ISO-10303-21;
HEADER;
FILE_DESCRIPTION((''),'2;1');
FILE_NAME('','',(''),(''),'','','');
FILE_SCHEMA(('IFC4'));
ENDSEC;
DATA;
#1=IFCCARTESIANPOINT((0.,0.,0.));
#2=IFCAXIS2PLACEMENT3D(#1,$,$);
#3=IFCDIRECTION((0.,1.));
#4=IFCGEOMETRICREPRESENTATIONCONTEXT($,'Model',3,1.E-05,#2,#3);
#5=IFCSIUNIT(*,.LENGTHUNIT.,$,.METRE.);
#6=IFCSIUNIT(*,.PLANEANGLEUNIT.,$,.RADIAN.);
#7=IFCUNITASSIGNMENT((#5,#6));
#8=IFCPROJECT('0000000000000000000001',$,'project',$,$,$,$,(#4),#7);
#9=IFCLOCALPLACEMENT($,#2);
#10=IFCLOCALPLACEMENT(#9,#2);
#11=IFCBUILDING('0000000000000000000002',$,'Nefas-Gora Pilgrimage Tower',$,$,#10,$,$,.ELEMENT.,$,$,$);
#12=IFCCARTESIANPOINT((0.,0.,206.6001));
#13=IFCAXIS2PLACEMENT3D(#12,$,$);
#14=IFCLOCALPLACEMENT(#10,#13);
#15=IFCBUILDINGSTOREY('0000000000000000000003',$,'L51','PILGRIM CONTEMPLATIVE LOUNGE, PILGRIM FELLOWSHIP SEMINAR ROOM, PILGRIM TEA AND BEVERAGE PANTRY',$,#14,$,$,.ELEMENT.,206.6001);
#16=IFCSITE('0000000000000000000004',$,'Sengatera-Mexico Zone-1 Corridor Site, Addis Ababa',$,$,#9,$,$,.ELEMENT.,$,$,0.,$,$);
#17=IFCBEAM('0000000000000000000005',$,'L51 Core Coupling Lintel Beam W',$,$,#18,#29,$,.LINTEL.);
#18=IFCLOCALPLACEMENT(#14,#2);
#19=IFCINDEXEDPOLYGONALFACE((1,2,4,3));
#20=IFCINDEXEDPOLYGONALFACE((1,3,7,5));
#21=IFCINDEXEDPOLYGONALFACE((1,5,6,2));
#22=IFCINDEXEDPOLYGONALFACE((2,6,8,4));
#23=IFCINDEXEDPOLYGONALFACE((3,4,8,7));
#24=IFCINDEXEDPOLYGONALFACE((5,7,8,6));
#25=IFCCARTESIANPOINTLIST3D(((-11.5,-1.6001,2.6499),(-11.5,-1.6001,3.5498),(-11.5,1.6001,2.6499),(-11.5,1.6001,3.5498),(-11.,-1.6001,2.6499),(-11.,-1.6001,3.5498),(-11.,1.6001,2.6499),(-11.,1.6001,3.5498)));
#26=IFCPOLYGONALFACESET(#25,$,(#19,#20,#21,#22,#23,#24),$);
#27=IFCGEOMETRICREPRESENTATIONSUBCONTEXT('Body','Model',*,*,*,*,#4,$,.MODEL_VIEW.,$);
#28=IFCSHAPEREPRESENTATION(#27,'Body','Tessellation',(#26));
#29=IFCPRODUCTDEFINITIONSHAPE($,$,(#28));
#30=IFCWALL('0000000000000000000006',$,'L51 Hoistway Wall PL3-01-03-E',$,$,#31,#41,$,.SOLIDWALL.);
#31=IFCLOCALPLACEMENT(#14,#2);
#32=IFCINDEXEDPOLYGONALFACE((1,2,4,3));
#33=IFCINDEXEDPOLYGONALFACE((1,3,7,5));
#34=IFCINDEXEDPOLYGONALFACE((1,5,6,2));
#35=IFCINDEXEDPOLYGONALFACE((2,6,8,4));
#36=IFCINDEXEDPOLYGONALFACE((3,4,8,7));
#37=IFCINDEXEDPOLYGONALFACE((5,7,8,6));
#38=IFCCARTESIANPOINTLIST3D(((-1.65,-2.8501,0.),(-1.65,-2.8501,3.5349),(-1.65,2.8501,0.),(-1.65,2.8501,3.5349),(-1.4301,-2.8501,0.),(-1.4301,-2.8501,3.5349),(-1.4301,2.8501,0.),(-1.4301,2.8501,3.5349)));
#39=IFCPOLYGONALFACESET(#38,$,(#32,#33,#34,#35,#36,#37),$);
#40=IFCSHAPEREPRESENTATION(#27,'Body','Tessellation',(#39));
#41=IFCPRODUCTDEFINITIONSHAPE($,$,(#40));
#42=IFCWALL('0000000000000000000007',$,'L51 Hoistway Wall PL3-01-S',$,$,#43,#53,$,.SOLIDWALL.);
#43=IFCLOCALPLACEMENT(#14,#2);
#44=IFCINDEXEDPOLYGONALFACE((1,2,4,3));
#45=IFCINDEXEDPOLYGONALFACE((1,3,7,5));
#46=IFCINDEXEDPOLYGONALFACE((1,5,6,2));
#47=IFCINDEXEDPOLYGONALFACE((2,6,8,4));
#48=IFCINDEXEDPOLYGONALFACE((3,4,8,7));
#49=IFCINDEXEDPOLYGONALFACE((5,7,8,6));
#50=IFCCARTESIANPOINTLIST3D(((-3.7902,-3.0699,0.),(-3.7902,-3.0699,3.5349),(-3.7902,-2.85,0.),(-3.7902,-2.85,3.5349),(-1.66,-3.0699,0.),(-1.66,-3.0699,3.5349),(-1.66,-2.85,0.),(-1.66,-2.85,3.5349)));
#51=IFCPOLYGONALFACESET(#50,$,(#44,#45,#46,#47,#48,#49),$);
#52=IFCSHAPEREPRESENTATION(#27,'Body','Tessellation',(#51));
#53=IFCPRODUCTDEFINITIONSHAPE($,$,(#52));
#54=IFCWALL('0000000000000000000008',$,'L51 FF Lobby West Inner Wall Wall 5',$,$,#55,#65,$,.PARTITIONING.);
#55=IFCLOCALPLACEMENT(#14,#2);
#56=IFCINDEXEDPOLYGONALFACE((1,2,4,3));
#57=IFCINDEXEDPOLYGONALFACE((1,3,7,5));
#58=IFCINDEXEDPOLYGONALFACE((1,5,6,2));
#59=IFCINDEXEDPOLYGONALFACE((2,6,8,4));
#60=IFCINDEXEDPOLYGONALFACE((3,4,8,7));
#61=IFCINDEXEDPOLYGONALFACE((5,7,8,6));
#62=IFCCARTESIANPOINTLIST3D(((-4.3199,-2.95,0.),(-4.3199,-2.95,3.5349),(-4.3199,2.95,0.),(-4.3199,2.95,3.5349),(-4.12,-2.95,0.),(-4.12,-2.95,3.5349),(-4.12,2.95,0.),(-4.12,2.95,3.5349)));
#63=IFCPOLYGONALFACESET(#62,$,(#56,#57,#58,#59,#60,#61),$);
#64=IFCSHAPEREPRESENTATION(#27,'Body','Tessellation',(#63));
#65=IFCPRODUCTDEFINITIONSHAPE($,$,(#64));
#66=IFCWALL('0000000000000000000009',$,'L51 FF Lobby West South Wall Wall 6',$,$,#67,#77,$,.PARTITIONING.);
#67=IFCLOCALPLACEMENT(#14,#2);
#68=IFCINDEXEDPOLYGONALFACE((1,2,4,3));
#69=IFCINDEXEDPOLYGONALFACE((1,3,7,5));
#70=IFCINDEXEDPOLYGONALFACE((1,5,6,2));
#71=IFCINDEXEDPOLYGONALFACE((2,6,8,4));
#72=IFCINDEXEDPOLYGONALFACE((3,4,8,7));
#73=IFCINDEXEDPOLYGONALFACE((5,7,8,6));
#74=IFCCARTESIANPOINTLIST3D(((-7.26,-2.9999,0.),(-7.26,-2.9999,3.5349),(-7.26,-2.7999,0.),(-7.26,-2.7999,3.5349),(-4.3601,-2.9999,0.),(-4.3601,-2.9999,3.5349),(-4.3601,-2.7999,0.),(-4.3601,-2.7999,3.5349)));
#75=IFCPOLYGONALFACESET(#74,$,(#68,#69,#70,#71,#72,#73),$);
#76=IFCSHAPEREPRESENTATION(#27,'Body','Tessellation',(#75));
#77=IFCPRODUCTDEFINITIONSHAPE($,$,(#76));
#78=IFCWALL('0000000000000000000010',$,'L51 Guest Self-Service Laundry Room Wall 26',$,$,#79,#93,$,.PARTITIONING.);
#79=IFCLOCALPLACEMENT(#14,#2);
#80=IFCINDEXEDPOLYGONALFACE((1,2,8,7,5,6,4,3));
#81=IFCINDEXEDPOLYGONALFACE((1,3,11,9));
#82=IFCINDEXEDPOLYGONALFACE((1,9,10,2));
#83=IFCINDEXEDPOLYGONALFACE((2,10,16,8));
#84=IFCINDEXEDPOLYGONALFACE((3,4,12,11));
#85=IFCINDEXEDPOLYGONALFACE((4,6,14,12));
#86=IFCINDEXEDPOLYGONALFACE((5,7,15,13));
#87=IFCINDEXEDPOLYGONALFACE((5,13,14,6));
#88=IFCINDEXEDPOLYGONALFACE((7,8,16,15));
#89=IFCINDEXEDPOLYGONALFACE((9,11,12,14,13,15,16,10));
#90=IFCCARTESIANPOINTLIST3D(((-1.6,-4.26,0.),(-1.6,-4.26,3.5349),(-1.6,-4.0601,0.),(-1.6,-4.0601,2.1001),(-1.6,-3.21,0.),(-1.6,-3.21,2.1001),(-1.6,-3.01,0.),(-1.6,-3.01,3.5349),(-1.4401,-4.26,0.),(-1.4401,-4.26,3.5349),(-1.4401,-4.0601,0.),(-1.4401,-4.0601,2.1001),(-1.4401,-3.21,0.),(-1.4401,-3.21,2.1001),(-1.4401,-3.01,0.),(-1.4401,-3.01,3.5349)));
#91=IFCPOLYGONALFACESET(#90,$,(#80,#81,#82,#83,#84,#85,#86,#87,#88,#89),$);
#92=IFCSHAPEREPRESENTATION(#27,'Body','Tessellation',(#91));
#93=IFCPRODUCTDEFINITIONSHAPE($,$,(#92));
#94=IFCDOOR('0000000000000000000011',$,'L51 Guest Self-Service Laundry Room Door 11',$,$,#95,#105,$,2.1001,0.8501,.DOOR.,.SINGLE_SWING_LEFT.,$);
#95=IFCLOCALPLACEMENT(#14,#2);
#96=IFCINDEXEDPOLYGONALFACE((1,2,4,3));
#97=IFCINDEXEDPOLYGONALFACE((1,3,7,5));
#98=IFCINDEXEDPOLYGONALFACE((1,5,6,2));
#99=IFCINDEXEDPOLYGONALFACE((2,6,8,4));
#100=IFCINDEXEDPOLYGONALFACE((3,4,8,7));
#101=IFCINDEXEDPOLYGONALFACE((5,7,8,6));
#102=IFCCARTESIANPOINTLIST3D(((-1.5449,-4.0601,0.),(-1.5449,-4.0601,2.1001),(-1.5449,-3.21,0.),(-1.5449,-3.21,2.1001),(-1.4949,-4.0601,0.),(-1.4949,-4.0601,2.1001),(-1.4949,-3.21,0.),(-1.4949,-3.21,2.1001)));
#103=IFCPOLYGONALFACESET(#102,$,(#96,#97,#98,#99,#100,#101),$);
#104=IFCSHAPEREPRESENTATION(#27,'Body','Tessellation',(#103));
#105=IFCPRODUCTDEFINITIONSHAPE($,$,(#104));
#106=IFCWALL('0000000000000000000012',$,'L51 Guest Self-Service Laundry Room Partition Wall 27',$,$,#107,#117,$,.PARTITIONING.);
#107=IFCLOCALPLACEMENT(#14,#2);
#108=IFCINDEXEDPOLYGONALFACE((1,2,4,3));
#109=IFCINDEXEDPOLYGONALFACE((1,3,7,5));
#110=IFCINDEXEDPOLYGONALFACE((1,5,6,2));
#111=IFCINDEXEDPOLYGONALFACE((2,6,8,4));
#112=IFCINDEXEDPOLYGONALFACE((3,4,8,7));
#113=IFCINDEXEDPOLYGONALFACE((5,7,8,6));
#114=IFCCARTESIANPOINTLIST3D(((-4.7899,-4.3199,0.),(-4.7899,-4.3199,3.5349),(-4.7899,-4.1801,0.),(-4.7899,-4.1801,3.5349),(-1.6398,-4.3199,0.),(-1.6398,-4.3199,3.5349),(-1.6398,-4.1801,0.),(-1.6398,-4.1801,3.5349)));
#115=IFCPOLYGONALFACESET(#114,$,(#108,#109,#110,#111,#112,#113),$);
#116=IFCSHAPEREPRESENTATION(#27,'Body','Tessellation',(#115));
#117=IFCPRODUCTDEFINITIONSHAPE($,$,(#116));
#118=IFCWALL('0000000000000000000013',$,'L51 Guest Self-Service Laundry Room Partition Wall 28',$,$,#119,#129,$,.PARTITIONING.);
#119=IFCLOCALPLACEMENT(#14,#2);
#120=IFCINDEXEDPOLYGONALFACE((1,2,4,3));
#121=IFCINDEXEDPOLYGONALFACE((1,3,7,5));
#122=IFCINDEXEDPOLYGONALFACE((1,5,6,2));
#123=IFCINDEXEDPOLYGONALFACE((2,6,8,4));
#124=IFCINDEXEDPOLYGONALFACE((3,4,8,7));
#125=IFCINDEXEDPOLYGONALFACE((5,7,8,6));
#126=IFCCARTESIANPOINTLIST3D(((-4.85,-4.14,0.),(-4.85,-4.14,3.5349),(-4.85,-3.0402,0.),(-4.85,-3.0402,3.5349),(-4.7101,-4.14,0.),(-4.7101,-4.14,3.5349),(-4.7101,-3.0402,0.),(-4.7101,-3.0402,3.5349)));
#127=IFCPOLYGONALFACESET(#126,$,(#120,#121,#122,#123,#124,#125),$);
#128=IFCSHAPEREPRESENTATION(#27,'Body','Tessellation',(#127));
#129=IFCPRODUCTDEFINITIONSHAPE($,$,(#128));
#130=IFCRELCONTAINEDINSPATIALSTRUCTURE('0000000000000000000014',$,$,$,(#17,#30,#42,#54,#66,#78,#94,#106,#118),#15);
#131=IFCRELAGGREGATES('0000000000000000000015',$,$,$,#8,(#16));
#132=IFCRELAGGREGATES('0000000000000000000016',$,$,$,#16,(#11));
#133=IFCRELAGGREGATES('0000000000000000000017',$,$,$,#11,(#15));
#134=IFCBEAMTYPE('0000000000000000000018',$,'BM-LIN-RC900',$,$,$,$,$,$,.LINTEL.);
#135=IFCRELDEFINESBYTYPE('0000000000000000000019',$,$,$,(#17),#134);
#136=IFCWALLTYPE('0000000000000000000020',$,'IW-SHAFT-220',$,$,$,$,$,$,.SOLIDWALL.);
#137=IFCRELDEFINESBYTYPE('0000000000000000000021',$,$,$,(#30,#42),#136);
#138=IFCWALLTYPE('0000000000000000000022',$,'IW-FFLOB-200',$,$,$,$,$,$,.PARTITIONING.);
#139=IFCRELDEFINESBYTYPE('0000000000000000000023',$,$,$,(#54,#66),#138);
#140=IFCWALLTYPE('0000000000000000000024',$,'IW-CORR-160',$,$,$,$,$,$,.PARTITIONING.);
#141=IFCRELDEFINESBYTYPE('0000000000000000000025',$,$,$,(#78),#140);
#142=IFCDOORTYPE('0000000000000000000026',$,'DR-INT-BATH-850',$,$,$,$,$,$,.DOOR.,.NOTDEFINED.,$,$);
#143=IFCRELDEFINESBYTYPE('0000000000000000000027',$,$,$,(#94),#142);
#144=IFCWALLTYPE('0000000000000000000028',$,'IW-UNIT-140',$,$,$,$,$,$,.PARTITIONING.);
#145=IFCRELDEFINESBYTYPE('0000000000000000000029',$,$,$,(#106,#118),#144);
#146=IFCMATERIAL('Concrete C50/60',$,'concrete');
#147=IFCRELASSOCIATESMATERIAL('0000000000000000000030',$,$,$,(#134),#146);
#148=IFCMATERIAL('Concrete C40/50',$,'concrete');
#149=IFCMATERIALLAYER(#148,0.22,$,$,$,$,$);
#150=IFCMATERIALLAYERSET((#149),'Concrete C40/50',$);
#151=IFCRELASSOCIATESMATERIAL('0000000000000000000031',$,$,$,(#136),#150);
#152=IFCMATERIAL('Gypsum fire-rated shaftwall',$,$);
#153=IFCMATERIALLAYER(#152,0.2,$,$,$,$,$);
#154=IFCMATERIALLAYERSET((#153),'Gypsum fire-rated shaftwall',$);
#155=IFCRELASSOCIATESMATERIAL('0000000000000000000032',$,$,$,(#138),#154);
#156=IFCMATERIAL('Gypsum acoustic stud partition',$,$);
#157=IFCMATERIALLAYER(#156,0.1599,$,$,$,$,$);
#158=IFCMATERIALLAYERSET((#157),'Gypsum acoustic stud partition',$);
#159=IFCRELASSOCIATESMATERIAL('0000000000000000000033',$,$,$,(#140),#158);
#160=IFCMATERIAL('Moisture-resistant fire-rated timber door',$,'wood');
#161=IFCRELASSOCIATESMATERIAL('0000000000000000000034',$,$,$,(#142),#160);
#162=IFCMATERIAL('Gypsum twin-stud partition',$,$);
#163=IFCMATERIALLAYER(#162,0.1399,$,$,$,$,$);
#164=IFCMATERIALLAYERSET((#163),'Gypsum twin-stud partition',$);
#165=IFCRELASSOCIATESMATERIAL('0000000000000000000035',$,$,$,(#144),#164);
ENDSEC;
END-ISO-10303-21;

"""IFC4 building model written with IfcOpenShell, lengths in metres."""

from ifc_helpers import new_model, si_unit, direction, frame, frame_2d, origin, origin_2d, place, context, subcontext, project, spatial, rectangle, extrude, source, transform, mapped, material, layer, layer_set, material_profile, profile_set, type_object, element, fill, save


model = new_model("IFC4")

# Units and contexts
model_context = context("Model", 3, precision=1e-05, world=origin(), true_north=direction((0.0, 1.0)))
body_context = subcontext(model_context, "Body", "Model", "MODEL_VIEW")
ifc_project = project(units=[si_unit("LENGTHUNIT", "METRE"), si_unit("PLANEANGLEUNIT", "RADIAN")], contexts=[model_context])

# Site, building, storey
site_placement = place(None, origin())
site = spatial("IfcSite", under=ifc_project, at=site_placement, Name="Sengatera-Mexico Zone-1 Corridor Site, Addis Ababa", CompositionType="ELEMENT", RefElevation=0.0)
building_placement = place(site_placement, origin())
building = spatial("IfcBuilding", under=site, at=building_placement, Name="Nefas-Gora Pilgrimage Tower", CompositionType="ELEMENT")
storey_placement = place(building_placement, frame((0.0, 0.0, 206.6001)))
storey = spatial("IfcBuildingStorey", under=building, at=storey_placement, Name="L51", Description="PILGRIM CONTEMPLATIVE LOUNGE, PILGRIM FELLOWSHIP SEMINAR ROOM, PILGRIM TEA AND BEVERAGE PANTRY", CompositionType="ELEMENT", Elevation=206.6001)

# Beam
ifc_material_1 = material(Name="Concrete C50/60", Category="concrete")
ifc_material_profile = material_profile(ifc_material_1, rectangle(XDim=0.5, YDim=0.8999, at=origin_2d()), Name="RC 500x900")
ifc_profile_set = profile_set([ifc_material_profile], Name="Concrete C50/60")
beam_type = type_object("IfcBeamType", Name="BM-LIN-RC900", PredefinedType="LINTEL", material=ifc_profile_set)
shared_shape_1 = source(origin(), body_context, "Body", "SweptSolid", [
    extrude(rectangle(XDim=0.5, YDim=0.8999, at=origin_2d()), origin(), (0.0, 0.0, 1.0), 3.2002),
])
beam_placement = place(storey_placement, frame((-11.25, -1.6001, 3.0999), z_axis=(0.0, 1.0, 0.0), x_axis=(-1.0, 0.0, 0.0)))
element("IfcBeam", 1, at=beam_placement, inside=storey, type_object=beam_type, Name="L51 Core Coupling Lintel Beam W", PredefinedType="LINTEL", context=body_context, shape_type="MappedRepresentation", body=[
    mapped(shared_shape_1, transform((0.0, 0.0, 0.0), x_axis=(1.0, 0.0, 0.0), y_axis=(0.0, 1.0, 0.0), z_axis=(0.0, 0.0, 1.0), scale=1.0)),
])

# Walls
ifc_material_2 = material(Name="Concrete C40/50", Category="concrete")
ifc_layer_1 = layer(ifc_material_2, 0.22)
ifc_layer_set_1 = layer_set([ifc_layer_1], Name="Concrete C40/50")
wall_type_1 = type_object("IfcWallType", Name="IW-SHAFT-220", PredefinedType="SOLIDWALL", material=ifc_layer_set_1)
shared_shape_2 = source(origin(), body_context, "Body", "SweptSolid", [
    extrude(rectangle(XDim=5.7002, YDim=0.22, at=frame_2d((2.8501, 0.0))), origin(), (0.0, 0.0, 1.0), 3.5349),
])
wall_1_placement = place(storey_placement, frame((-1.54, -2.8501, 0.0), z_axis=(0.0, 0.0, 1.0), x_axis=(0.0, 1.0, 0.0)))
element("IfcWall", 2, at=wall_1_placement, inside=storey, type_object=wall_type_1, Name="L51 Hoistway Wall PL3-01-03-E", PredefinedType="SOLIDWALL", context=body_context, shape_type="MappedRepresentation", body=[
    mapped(shared_shape_2, transform((0.0, 0.0, 0.0), x_axis=(1.0, 0.0, 0.0), y_axis=(0.0, 1.0, 0.0), z_axis=(0.0, 0.0, 1.0), scale=1.0)),
])
shared_shape_3 = source(origin(), body_context, "Body", "SweptSolid", [
    extrude(rectangle(XDim=2.1301, YDim=0.22, at=frame_2d((1.0649, 0.0))), origin(), (0.0, 0.0, 1.0), 3.5349),
])
wall_2_placement = place(storey_placement, frame((-3.79, -2.96, 0.0), z_axis=(0.0, 0.0, 1.0), x_axis=(1.0, 0.0, 0.0)))
element("IfcWall", 3, at=wall_2_placement, inside=storey, type_object=wall_type_1, Name="L51 Hoistway Wall PL3-01-S", PredefinedType="SOLIDWALL", context=body_context, shape_type="MappedRepresentation", body=[
    mapped(shared_shape_3, transform((0.0, 0.0, 0.0), x_axis=(1.0, 0.0, 0.0), y_axis=(0.0, 1.0, 0.0), z_axis=(0.0, 0.0, 1.0), scale=1.0)),
])
ifc_material_3 = material(Name="Gypsum fire-rated shaftwall")
ifc_layer_2 = layer(ifc_material_3, 0.2)
ifc_layer_set_2 = layer_set([ifc_layer_2], Name="Gypsum fire-rated shaftwall")
wall_type_2 = type_object("IfcWallType", Name="IW-FFLOB-200", PredefinedType="PARTITIONING", material=ifc_layer_set_2)
shared_shape_4 = source(origin(), body_context, "Body", "SweptSolid", [
    extrude(rectangle(XDim=5.8999, YDim=0.2, at=frame_2d((2.95, 0.0))), origin(), (0.0, 0.0, 1.0), 3.5349),
])
wall_3_placement = place(storey_placement, frame((-4.22, -2.95, 0.0), z_axis=(0.0, 0.0, 1.0), x_axis=(0.0, 1.0, 0.0)))
element("IfcWall", 4, at=wall_3_placement, inside=storey, type_object=wall_type_2, Name="L51 FF Lobby West Inner Wall Wall 5", PredefinedType="PARTITIONING", context=body_context, shape_type="MappedRepresentation", body=[
    mapped(shared_shape_4, transform((0.0, 0.0, 0.0), x_axis=(1.0, 0.0, 0.0), y_axis=(0.0, 1.0, 0.0), z_axis=(0.0, 0.0, 1.0), scale=1.0)),
])
shared_shape_5 = source(origin(), body_context, "Body", "SweptSolid", [
    extrude(rectangle(XDim=2.8999, YDim=0.2, at=frame_2d((1.45, 0.0))), origin(), (0.0, 0.0, 1.0), 3.5349),
])
wall_4_placement = place(storey_placement, frame((-7.26, -2.8999, 0.0), z_axis=(0.0, 0.0, 1.0), x_axis=(1.0, 0.0, 0.0)))
element("IfcWall", 5, at=wall_4_placement, inside=storey, type_object=wall_type_2, Name="L51 FF Lobby West South Wall Wall 6", PredefinedType="PARTITIONING", context=body_context, shape_type="MappedRepresentation", body=[
    mapped(shared_shape_5, transform((0.0, 0.0, 0.0), x_axis=(1.0, 0.0, 0.0), y_axis=(0.0, 1.0, 0.0), z_axis=(0.0, 0.0, 1.0), scale=1.0)),
])

# Wall, opening, door
ifc_material_4 = material(Name="Gypsum acoustic stud partition")
ifc_layer_3 = layer(ifc_material_4, 0.1599)
ifc_layer_set_3 = layer_set([ifc_layer_3], Name="Gypsum acoustic stud partition")
wall_type_3 = type_object("IfcWallType", Name="IW-CORR-160", PredefinedType="PARTITIONING", material=ifc_layer_set_3)
shared_shape_6 = source(origin(), body_context, "Body", "SweptSolid", [
    extrude(rectangle(XDim=1.25, YDim=0.1599, at=frame_2d((0.625, 0.0))), origin(), (0.0, 0.0, 1.0), 3.5349),
])
wall_5_placement = place(storey_placement, frame((-1.52, -4.26, 0.0), z_axis=(0.0, 0.0, 1.0), x_axis=(0.0, 1.0, 0.0)))
wall_5 = element("IfcWall", 6, at=wall_5_placement, inside=storey, type_object=wall_type_3, Name="L51 Guest Self-Service Laundry Room Wall 26", PredefinedType="PARTITIONING", context=body_context, shape_type="MappedRepresentation", body=[
    mapped(shared_shape_6, transform((0.0, 0.0, 0.0), x_axis=(1.0, 0.0, 0.0), y_axis=(0.0, 1.0, 0.0), z_axis=(0.0, 0.0, 1.0), scale=1.0)),
])
opening_placement = place(wall_5_placement, frame((0.2, 0.0, 0.0)))
opening = element("IfcOpeningElement", 7, at=opening_placement, cuts=wall_5, PredefinedType="OPENING", context=body_context, shape_type="SweptSolid", body=[
    extrude(rectangle(XDim=0.8501, YDim=2.1001, at=frame_2d((0.425, 1.05))), frame((0.0, 0.0898, 0.0), z_axis=(0.0, -1.0, 0.0), x_axis=(1.0, 0.0, 0.0)), (0.0, 0.0, 1.0), 0.1799),
])
ifc_material_5 = material(Name="Moisture-resistant fire-rated timber door", Category="wood")
door_type = type_object("IfcDoorType", Name="DR-INT-BATH-850", OperationType="NOTDEFINED", PredefinedType="DOOR", material=ifc_material_5)
shared_shape_7 = source(origin(), body_context, "Body", "SweptSolid", [
    extrude(rectangle(XDim=0.8501, YDim=2.1001, at=frame_2d((0.425, 1.05))), frame((0.0, 0.0249, 0.0), z_axis=(0.0, -1.0, 0.0), x_axis=(1.0, 0.0, 0.0)), (0.0, 0.0, 1.0), 0.05),
])
door_placement = place(opening_placement, origin())
door = element("IfcDoor", 8, at=door_placement, inside=storey, type_object=door_type, Name="L51 Guest Self-Service Laundry Room Door 11", OperationType="SINGLE_SWING_LEFT", OverallHeight=2.1001, OverallWidth=0.8501, PredefinedType="DOOR", context=body_context, shape_type="MappedRepresentation", body=[
    mapped(shared_shape_7, transform((0.0, 0.0, 0.0), x_axis=(1.0, 0.0, 0.0), y_axis=(0.0, 1.0, 0.0), z_axis=(0.0, 0.0, 1.0), scale=1.0)),
])
fill(opening, door)

# Walls
ifc_material_6 = material(Name="Gypsum twin-stud partition")
ifc_layer_4 = layer(ifc_material_6, 0.1399)
ifc_layer_set_4 = layer_set([ifc_layer_4], Name="Gypsum twin-stud partition")
wall_type_4 = type_object("IfcWallType", Name="IW-UNIT-140", PredefinedType="PARTITIONING", material=ifc_layer_set_4)
shared_shape_8 = source(origin(), body_context, "Body", "SweptSolid", [
    extrude(rectangle(XDim=3.1501, YDim=0.1399, at=frame_2d((1.5752, 0.0))), origin(), (0.0, 0.0, 1.0), 3.5349),
])
wall_6_placement = place(storey_placement, frame((-4.79, -4.25, 0.0), z_axis=(0.0, 0.0, 1.0), x_axis=(1.0, 0.0, 0.0)))
element("IfcWall", 9, at=wall_6_placement, inside=storey, type_object=wall_type_4, Name="L51 Guest Self-Service Laundry Room Partition Wall 27", PredefinedType="PARTITIONING", context=body_context, shape_type="MappedRepresentation", body=[
    mapped(shared_shape_8, transform((0.0, 0.0, 0.0), x_axis=(1.0, 0.0, 0.0), y_axis=(0.0, 1.0, 0.0), z_axis=(0.0, 0.0, 1.0), scale=1.0)),
])
shared_shape_9 = source(origin(), body_context, "Body", "SweptSolid", [
    extrude(rectangle(XDim=1.0999, YDim=0.1399, at=frame_2d((0.5498, 0.0))), origin(), (0.0, 0.0, 1.0), 3.5349),
])
wall_7_placement = place(storey_placement, frame((-4.78, -4.1399, 0.0), z_axis=(0.0, 0.0, 1.0), x_axis=(0.0, 1.0, 0.0)))
element("IfcWall", 10, at=wall_7_placement, inside=storey, type_object=wall_type_4, Name="L51 Guest Self-Service Laundry Room Partition Wall 28", PredefinedType="PARTITIONING", context=body_context, shape_type="MappedRepresentation", body=[
    mapped(shared_shape_9, transform((0.0, 0.0, 0.0), x_axis=(1.0, 0.0, 0.0), y_axis=(0.0, 1.0, 0.0), z_axis=(0.0, 0.0, 1.0), scale=1.0)),
])

save(model, "model.ifc")
